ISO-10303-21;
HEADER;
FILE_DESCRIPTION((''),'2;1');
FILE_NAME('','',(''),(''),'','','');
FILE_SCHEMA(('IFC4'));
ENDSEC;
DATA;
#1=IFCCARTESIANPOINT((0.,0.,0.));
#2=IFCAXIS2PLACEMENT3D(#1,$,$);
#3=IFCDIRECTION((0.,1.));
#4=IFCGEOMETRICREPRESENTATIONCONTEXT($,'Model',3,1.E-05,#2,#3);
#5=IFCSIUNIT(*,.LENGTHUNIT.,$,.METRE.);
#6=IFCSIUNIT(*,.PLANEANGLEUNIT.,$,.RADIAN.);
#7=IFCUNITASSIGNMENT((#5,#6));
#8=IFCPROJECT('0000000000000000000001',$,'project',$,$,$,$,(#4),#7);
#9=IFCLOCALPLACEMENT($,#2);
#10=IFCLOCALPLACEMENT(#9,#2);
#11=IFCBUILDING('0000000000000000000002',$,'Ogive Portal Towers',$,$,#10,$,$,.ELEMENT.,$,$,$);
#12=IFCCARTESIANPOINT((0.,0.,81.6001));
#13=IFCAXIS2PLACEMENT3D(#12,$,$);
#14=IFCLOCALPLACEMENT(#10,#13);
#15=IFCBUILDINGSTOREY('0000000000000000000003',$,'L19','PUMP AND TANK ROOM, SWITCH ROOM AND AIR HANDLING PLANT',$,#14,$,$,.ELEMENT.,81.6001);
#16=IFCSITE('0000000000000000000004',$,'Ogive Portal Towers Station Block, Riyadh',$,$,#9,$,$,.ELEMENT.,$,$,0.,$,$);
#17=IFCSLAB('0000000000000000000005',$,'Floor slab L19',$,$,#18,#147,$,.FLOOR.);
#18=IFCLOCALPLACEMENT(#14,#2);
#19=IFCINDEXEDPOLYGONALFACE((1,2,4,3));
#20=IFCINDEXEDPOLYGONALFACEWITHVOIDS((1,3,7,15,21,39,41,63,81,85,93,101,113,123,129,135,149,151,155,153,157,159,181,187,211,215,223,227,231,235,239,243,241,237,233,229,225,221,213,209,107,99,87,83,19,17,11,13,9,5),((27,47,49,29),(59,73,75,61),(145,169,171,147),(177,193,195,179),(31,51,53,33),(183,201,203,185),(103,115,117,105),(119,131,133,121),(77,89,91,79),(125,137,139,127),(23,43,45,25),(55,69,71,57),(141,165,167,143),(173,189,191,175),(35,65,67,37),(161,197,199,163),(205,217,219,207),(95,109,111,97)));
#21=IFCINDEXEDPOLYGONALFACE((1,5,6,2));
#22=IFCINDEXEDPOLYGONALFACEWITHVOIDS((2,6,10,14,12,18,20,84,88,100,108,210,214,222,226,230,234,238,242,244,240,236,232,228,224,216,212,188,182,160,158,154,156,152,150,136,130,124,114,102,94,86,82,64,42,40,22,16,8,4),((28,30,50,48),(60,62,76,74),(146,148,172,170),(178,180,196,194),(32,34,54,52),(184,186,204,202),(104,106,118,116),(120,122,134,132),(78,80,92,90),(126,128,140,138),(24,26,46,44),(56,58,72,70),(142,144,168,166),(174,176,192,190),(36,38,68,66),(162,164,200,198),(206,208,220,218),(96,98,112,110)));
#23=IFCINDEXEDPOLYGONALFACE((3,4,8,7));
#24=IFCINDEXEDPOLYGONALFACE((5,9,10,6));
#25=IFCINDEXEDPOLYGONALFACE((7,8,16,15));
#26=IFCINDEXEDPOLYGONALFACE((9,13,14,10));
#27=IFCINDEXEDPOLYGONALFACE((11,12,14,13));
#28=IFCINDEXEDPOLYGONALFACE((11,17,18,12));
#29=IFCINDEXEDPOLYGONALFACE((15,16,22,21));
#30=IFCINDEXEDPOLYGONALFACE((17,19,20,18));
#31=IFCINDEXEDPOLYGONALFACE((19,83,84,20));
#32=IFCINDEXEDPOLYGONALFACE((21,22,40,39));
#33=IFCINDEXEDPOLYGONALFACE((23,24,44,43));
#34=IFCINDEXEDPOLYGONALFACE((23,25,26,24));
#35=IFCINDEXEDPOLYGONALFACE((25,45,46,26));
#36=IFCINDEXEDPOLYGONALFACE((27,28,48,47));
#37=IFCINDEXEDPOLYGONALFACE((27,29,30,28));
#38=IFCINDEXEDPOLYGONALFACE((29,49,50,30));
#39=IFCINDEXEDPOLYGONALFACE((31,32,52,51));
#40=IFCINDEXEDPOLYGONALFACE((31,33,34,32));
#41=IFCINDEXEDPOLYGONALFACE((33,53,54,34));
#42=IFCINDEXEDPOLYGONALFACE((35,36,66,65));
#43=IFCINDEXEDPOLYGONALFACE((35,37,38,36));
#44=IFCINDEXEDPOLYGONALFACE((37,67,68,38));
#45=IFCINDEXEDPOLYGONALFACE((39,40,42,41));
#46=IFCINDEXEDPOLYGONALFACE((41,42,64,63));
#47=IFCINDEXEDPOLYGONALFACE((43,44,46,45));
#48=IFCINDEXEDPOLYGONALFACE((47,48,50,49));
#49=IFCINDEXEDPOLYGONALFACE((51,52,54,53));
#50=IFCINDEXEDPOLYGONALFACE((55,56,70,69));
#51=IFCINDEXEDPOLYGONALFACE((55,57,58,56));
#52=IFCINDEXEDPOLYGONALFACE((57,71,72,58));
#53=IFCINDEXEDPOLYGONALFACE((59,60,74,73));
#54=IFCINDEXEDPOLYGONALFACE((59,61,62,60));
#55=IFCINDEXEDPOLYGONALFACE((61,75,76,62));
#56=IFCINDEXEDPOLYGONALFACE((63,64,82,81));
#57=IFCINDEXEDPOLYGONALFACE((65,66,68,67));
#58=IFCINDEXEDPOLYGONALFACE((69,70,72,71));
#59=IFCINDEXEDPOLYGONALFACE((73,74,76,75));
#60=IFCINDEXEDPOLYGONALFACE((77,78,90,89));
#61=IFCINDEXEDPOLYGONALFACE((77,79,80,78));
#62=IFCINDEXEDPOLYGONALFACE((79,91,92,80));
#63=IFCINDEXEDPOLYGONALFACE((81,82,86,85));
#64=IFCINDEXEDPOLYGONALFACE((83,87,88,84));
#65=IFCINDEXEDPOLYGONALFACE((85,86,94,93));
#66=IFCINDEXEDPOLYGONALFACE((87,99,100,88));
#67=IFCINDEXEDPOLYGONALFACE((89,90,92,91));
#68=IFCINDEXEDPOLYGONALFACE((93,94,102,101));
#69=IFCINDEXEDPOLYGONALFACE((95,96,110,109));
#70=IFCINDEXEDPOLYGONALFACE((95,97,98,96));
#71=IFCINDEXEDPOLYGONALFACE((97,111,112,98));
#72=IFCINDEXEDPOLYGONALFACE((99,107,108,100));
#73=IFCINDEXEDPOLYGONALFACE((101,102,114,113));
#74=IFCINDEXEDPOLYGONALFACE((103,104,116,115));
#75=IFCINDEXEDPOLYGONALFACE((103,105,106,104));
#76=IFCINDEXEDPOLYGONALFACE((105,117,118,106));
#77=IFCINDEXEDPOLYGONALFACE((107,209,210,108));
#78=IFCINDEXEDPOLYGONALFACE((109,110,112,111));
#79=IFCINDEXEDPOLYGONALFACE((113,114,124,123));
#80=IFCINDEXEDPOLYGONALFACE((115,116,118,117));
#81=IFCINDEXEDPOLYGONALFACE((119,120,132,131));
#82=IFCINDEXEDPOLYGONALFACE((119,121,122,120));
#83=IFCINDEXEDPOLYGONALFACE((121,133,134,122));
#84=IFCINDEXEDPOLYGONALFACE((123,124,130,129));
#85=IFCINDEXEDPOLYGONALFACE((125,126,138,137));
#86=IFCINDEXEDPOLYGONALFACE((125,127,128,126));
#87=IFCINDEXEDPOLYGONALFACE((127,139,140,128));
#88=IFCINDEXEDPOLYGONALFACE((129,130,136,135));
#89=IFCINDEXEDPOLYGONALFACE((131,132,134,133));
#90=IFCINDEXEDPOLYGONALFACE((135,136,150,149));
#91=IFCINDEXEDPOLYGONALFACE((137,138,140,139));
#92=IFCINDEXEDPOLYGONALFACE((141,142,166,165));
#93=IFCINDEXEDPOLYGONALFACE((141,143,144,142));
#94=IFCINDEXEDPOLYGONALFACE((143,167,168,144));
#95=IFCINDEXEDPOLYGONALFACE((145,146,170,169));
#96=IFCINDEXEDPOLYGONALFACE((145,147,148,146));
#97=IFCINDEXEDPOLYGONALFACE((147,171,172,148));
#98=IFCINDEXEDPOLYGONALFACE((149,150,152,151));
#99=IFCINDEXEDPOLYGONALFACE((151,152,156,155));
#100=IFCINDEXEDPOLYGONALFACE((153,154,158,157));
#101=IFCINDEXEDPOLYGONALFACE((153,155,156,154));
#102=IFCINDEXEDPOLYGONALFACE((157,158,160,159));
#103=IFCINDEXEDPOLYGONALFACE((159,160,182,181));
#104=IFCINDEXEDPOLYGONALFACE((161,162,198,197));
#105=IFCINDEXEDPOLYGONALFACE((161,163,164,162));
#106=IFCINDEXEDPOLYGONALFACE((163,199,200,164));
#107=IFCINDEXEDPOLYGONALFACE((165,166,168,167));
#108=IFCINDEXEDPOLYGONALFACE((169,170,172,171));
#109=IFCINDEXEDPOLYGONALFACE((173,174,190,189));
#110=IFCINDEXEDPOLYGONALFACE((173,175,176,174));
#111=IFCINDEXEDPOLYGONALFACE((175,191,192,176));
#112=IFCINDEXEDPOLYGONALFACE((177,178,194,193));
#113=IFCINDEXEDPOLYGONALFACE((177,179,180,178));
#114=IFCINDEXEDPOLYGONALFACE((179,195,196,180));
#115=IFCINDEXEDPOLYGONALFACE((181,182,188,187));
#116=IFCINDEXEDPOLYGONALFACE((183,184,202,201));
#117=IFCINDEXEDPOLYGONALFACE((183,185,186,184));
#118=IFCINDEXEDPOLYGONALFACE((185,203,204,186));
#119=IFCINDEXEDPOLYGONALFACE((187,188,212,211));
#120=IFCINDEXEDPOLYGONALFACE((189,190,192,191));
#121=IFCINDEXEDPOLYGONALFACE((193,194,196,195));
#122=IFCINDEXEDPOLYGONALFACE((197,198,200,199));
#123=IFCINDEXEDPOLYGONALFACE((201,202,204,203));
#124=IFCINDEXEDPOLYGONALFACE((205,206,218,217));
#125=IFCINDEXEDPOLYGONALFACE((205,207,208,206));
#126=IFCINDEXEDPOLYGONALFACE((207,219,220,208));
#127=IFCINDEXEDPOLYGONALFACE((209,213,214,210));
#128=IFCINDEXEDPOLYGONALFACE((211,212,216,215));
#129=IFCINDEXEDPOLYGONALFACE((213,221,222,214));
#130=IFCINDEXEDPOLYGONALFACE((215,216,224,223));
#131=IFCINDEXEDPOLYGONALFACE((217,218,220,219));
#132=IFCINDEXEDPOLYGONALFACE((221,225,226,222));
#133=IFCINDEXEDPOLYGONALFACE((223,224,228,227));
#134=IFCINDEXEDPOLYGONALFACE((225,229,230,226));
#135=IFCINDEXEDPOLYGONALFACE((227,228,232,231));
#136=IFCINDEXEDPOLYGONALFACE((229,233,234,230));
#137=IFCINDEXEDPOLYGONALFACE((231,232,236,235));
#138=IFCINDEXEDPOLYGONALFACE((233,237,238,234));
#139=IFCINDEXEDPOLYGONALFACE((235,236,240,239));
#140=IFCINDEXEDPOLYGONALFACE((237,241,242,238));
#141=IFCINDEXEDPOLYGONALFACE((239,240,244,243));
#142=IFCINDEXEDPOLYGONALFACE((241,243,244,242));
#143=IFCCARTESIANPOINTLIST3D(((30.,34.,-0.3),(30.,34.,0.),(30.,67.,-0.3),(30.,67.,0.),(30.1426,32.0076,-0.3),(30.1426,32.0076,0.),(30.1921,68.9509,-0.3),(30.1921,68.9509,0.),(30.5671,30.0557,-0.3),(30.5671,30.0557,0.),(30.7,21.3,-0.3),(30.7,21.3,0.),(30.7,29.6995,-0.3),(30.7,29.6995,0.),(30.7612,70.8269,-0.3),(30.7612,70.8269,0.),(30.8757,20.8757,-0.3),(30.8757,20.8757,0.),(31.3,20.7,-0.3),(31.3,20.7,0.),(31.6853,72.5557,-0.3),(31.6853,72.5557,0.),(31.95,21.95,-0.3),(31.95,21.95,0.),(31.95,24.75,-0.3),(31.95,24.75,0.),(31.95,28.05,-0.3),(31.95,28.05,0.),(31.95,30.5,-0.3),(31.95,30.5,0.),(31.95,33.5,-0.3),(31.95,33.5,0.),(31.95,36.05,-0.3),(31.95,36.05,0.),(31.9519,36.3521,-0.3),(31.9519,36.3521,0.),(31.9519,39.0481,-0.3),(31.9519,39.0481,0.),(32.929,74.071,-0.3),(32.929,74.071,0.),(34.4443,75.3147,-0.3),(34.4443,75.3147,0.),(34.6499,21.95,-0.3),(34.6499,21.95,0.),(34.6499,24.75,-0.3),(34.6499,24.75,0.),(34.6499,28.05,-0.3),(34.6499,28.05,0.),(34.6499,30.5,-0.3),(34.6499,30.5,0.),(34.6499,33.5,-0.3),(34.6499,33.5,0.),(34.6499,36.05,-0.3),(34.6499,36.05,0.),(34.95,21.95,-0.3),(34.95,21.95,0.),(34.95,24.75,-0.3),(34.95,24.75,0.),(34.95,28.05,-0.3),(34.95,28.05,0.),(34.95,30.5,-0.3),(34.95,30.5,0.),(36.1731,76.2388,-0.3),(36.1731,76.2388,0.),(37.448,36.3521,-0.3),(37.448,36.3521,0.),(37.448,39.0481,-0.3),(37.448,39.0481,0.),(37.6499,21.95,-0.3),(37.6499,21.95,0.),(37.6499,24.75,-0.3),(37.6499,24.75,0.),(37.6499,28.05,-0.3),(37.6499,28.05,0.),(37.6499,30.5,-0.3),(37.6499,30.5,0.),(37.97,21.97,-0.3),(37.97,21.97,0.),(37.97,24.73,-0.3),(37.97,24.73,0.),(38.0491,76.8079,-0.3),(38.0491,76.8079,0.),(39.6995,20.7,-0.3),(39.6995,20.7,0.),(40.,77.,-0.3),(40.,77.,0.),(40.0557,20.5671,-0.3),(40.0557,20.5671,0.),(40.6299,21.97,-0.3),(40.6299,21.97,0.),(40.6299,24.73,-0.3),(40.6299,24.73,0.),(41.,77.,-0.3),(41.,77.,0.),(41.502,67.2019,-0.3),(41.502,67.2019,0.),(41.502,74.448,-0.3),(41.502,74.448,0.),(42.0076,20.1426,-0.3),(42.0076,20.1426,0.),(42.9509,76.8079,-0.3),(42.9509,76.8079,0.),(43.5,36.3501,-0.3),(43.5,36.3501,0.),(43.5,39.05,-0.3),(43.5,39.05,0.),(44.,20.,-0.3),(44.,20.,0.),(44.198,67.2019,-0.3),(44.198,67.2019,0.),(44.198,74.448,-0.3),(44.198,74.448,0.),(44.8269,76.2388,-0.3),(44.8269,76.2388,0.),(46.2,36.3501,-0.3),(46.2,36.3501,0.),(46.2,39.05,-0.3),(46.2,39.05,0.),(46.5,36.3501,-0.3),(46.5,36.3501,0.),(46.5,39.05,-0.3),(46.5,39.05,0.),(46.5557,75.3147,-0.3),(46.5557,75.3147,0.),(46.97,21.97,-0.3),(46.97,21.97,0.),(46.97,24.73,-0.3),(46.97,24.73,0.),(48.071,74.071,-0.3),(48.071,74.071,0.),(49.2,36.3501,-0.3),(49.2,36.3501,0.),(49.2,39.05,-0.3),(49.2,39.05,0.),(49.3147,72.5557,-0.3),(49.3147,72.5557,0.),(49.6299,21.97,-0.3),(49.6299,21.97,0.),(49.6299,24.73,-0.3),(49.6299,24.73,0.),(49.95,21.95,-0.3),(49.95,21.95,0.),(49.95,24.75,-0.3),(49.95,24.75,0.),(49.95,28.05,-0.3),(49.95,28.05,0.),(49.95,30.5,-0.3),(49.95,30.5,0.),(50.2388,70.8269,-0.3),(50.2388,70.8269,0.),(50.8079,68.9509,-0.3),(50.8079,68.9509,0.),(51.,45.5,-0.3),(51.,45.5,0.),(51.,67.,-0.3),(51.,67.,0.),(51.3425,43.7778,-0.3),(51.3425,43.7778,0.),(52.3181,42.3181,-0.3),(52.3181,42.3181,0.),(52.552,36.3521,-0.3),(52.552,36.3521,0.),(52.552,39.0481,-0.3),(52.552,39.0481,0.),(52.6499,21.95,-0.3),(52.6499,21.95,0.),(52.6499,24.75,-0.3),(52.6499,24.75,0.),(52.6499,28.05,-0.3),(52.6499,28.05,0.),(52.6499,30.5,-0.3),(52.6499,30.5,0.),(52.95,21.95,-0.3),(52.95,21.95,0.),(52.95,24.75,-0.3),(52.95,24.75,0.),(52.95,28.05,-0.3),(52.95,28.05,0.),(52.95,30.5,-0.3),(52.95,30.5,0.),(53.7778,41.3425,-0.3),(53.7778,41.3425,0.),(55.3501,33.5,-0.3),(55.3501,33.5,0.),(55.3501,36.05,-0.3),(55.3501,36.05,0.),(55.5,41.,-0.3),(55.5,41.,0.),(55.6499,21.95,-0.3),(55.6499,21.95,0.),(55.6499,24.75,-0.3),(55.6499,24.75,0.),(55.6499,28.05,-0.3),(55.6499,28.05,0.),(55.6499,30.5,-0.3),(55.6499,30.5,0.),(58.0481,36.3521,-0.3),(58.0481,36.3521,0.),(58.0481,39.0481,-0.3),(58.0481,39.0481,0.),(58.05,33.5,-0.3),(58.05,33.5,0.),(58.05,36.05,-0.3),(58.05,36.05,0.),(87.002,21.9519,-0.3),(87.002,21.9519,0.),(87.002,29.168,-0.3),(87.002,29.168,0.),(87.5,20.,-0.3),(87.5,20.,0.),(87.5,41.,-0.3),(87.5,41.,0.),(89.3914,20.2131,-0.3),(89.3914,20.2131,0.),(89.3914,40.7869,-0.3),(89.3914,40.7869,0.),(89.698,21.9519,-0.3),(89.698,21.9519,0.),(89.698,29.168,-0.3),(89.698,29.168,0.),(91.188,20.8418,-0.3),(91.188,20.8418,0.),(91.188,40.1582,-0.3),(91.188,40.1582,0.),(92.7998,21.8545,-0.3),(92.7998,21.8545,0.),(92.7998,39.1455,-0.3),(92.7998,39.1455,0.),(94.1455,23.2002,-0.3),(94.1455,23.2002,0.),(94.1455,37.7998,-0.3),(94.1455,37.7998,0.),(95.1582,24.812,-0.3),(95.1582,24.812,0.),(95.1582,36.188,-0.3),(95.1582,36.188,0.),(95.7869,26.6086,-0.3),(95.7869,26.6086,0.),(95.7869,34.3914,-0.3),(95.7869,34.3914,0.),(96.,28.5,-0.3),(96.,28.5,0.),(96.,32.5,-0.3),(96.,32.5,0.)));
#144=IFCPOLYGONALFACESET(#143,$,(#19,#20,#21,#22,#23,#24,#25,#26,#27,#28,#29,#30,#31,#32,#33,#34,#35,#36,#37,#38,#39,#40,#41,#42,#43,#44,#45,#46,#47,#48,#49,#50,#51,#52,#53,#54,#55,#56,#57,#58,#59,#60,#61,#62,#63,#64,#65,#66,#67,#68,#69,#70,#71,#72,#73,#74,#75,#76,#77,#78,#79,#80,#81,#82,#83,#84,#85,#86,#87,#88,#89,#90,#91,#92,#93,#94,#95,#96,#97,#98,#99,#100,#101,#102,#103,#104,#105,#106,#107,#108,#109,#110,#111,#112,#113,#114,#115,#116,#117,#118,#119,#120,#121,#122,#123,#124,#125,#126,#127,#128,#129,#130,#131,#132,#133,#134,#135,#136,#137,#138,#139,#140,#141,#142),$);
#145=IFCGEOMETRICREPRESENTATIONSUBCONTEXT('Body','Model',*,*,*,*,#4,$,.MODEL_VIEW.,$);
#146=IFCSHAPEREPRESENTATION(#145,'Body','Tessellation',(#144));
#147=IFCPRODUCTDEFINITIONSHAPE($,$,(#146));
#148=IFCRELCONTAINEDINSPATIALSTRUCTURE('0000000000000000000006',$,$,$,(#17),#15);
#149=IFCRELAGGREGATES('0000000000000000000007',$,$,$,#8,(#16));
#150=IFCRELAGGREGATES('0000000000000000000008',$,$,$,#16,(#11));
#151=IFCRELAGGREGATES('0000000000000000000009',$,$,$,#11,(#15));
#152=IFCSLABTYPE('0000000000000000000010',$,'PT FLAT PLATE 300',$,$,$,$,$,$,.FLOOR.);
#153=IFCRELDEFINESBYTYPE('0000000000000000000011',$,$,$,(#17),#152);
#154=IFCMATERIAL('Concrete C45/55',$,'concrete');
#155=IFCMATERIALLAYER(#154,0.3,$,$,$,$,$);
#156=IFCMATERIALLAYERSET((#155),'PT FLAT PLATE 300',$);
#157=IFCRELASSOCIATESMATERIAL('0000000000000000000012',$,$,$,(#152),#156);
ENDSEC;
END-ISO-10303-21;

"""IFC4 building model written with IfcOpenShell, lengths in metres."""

from ifc_helpers import new_model, si_unit, direction, frame, origin, place, context, subcontext, project, spatial, polyline, outline, extrude, material, layer, layer_set, type_object, element, save


model = new_model("IFC4")

# Units and contexts
model_context = context("Model", 3, precision=1e-05, world=origin(), true_north=direction((0.0, 1.0)))
body_context = subcontext(model_context, "Body", "Model", "MODEL_VIEW")
ifc_project = project(units=[si_unit("LENGTHUNIT", "METRE"), si_unit("PLANEANGLEUNIT", "RADIAN")], contexts=[model_context])

# Site, building, storey
site_placement = place(None, origin())
site = spatial("IfcSite", under=ifc_project, at=site_placement, Name="Ogive Portal Towers Station Block, Riyadh", CompositionType="ELEMENT", RefElevation=0.0)
building_placement = place(site_placement, origin())
building = spatial("IfcBuilding", under=site, at=building_placement, Name="Ogive Portal Towers", CompositionType="ELEMENT")
storey_placement = place(building_placement, frame((0.0, 0.0, 81.6001)))
storey = spatial("IfcBuildingStorey", under=building, at=storey_placement, Name="L19", Description="PUMP AND TANK ROOM, SWITCH ROOM AND AIR HANDLING PLANT", CompositionType="ELEMENT", Elevation=81.6001)

# Slab
ifc_material_1 = material(Name="Concrete C45/55", Category="concrete")
ifc_layer_1 = layer(ifc_material_1, 0.3)
ifc_layer_set_1 = layer_set([ifc_layer_1], Name="PT FLAT PLATE 300")
slab_type_1 = type_object("IfcSlabType", Name="PT FLAT PLATE 300", PredefinedType="FLOOR", material=ifc_layer_set_1)
slab_1_placement = place(storey_placement, frame((0.0, 0.0, -0.3)))
element("IfcSlab", 1, at=slab_1_placement, inside=storey, type_object=slab_type_1, Name="Floor slab L19", PredefinedType="FLOOR", context=body_context, shape_type="SweptSolid", body=[
    extrude(outline(polyline([(30.1426, 32.0076), (30.5671, 30.0557), (30.7, 29.6995), (30.7, 21.3), (30.8757, 20.8757), (31.3, 20.7), (39.6995, 20.7), (40.0557, 20.5671), (42.0076, 20.1426), (44.0, 20.0), (87.5, 20.0), (89.3914, 20.2131), (91.188, 20.8418), (92.7998, 21.8545), (94.1455, 23.2002), (95.1582, 24.812), (95.7869, 26.6086), (96.0, 28.5), (96.0, 32.5), (95.7869, 34.3914), (95.1582, 36.188), (94.1455, 37.7998), (92.7998, 39.1455), (91.188, 40.1582), (89.3914, 40.7869), (87.5, 41.0), (55.5, 41.0), (53.7778, 41.3425), (52.3181, 42.3181), (51.3425, 43.7778), (51.0, 45.5), (51.0, 67.0), (50.8079, 68.9509), (50.2388, 70.8269), (49.3147, 72.5557), (48.071, 74.071), (46.5557, 75.3147), (44.8269, 76.2388), (42.9509, 76.8079), (41.0, 77.0), (40.0, 77.0), (38.0491, 76.8079), (36.1731, 76.2388), (34.4443, 75.3147), (32.929, 74.071), (31.6853, 72.5557), (30.7612, 70.8269), (30.1921, 68.9509), (30.0, 67.0), (30.0, 34.0), (30.1426, 32.0076)]), holes=[polyline([(34.6499, 24.75), (34.6499, 21.95), (31.95, 21.95), (31.95, 24.75), (34.6499, 24.75)]), polyline([(37.6499, 24.75), (37.6499, 21.95), (34.95, 21.95), (34.95, 24.75), (37.6499, 24.75)]), polyline([(40.6299, 21.97), (37.97, 21.97), (37.97, 24.73), (40.6299, 24.73), (40.6299, 21.97)]), polyline([(34.6499, 28.05), (31.95, 28.05), (31.95, 30.5), (34.6499, 30.5), (34.6499, 28.05)]), polyline([(37.6499, 28.05), (34.95, 28.05), (34.95, 30.5), (37.6499, 30.5), (37.6499, 28.05)]), polyline([(34.6499, 36.05), (34.6499, 33.5), (31.95, 33.5), (31.95, 36.05), (34.6499, 36.05)]), polyline([(31.9519, 39.0481), (37.448, 39.0481), (37.448, 36.3521), (31.9519, 36.3521), (31.9519, 39.0481)]), polyline([(46.2, 39.05), (46.2, 36.3501), (43.5, 36.3501), (43.5, 39.05), (46.2, 39.05)]), polyline([(49.2, 36.3501), (46.5, 36.3501), (46.5, 39.05), (49.2, 39.05), (49.2, 36.3501)]), polyline([(44.198, 67.2019), (41.502, 67.2019), (41.502, 74.448), (44.198, 74.448), (44.198, 67.2019)]), polyline([(49.6299, 21.97), (46.97, 21.97), (46.97, 24.73), (49.6299, 24.73), (49.6299, 21.97)]), polyline([(52.6499, 24.75), (52.6499, 21.95), (49.95, 21.95), (49.95, 24.75), (52.6499, 24.75)]), polyline([(55.6499, 21.95), (52.95, 21.95), (52.95, 24.75), (55.6499, 24.75), (55.6499, 21.95)]), polyline([(87.002, 29.168), (89.698, 29.168), (89.698, 21.9519), (87.002, 21.9519), (87.002, 29.168)]), polyline([(52.6499, 30.5), (52.6499, 28.05), (49.95, 28.05), (49.95, 30.5), (52.6499, 30.5)]), polyline([(55.6499, 30.5), (55.6499, 28.05), (52.95, 28.05), (52.95, 30.5), (55.6499, 30.5)]), polyline([(58.05, 33.5), (55.3501, 33.5), (55.3501, 36.05), (58.05, 36.05), (58.05, 33.5)]), polyline([(52.552, 36.3521), (52.552, 39.0481), (58.0481, 39.0481), (58.0481, 36.3521), (52.552, 36.3521)])]), origin(), (0.0, 0.0, 1.0), 0.3),
])

save(model, "model.ifc")
